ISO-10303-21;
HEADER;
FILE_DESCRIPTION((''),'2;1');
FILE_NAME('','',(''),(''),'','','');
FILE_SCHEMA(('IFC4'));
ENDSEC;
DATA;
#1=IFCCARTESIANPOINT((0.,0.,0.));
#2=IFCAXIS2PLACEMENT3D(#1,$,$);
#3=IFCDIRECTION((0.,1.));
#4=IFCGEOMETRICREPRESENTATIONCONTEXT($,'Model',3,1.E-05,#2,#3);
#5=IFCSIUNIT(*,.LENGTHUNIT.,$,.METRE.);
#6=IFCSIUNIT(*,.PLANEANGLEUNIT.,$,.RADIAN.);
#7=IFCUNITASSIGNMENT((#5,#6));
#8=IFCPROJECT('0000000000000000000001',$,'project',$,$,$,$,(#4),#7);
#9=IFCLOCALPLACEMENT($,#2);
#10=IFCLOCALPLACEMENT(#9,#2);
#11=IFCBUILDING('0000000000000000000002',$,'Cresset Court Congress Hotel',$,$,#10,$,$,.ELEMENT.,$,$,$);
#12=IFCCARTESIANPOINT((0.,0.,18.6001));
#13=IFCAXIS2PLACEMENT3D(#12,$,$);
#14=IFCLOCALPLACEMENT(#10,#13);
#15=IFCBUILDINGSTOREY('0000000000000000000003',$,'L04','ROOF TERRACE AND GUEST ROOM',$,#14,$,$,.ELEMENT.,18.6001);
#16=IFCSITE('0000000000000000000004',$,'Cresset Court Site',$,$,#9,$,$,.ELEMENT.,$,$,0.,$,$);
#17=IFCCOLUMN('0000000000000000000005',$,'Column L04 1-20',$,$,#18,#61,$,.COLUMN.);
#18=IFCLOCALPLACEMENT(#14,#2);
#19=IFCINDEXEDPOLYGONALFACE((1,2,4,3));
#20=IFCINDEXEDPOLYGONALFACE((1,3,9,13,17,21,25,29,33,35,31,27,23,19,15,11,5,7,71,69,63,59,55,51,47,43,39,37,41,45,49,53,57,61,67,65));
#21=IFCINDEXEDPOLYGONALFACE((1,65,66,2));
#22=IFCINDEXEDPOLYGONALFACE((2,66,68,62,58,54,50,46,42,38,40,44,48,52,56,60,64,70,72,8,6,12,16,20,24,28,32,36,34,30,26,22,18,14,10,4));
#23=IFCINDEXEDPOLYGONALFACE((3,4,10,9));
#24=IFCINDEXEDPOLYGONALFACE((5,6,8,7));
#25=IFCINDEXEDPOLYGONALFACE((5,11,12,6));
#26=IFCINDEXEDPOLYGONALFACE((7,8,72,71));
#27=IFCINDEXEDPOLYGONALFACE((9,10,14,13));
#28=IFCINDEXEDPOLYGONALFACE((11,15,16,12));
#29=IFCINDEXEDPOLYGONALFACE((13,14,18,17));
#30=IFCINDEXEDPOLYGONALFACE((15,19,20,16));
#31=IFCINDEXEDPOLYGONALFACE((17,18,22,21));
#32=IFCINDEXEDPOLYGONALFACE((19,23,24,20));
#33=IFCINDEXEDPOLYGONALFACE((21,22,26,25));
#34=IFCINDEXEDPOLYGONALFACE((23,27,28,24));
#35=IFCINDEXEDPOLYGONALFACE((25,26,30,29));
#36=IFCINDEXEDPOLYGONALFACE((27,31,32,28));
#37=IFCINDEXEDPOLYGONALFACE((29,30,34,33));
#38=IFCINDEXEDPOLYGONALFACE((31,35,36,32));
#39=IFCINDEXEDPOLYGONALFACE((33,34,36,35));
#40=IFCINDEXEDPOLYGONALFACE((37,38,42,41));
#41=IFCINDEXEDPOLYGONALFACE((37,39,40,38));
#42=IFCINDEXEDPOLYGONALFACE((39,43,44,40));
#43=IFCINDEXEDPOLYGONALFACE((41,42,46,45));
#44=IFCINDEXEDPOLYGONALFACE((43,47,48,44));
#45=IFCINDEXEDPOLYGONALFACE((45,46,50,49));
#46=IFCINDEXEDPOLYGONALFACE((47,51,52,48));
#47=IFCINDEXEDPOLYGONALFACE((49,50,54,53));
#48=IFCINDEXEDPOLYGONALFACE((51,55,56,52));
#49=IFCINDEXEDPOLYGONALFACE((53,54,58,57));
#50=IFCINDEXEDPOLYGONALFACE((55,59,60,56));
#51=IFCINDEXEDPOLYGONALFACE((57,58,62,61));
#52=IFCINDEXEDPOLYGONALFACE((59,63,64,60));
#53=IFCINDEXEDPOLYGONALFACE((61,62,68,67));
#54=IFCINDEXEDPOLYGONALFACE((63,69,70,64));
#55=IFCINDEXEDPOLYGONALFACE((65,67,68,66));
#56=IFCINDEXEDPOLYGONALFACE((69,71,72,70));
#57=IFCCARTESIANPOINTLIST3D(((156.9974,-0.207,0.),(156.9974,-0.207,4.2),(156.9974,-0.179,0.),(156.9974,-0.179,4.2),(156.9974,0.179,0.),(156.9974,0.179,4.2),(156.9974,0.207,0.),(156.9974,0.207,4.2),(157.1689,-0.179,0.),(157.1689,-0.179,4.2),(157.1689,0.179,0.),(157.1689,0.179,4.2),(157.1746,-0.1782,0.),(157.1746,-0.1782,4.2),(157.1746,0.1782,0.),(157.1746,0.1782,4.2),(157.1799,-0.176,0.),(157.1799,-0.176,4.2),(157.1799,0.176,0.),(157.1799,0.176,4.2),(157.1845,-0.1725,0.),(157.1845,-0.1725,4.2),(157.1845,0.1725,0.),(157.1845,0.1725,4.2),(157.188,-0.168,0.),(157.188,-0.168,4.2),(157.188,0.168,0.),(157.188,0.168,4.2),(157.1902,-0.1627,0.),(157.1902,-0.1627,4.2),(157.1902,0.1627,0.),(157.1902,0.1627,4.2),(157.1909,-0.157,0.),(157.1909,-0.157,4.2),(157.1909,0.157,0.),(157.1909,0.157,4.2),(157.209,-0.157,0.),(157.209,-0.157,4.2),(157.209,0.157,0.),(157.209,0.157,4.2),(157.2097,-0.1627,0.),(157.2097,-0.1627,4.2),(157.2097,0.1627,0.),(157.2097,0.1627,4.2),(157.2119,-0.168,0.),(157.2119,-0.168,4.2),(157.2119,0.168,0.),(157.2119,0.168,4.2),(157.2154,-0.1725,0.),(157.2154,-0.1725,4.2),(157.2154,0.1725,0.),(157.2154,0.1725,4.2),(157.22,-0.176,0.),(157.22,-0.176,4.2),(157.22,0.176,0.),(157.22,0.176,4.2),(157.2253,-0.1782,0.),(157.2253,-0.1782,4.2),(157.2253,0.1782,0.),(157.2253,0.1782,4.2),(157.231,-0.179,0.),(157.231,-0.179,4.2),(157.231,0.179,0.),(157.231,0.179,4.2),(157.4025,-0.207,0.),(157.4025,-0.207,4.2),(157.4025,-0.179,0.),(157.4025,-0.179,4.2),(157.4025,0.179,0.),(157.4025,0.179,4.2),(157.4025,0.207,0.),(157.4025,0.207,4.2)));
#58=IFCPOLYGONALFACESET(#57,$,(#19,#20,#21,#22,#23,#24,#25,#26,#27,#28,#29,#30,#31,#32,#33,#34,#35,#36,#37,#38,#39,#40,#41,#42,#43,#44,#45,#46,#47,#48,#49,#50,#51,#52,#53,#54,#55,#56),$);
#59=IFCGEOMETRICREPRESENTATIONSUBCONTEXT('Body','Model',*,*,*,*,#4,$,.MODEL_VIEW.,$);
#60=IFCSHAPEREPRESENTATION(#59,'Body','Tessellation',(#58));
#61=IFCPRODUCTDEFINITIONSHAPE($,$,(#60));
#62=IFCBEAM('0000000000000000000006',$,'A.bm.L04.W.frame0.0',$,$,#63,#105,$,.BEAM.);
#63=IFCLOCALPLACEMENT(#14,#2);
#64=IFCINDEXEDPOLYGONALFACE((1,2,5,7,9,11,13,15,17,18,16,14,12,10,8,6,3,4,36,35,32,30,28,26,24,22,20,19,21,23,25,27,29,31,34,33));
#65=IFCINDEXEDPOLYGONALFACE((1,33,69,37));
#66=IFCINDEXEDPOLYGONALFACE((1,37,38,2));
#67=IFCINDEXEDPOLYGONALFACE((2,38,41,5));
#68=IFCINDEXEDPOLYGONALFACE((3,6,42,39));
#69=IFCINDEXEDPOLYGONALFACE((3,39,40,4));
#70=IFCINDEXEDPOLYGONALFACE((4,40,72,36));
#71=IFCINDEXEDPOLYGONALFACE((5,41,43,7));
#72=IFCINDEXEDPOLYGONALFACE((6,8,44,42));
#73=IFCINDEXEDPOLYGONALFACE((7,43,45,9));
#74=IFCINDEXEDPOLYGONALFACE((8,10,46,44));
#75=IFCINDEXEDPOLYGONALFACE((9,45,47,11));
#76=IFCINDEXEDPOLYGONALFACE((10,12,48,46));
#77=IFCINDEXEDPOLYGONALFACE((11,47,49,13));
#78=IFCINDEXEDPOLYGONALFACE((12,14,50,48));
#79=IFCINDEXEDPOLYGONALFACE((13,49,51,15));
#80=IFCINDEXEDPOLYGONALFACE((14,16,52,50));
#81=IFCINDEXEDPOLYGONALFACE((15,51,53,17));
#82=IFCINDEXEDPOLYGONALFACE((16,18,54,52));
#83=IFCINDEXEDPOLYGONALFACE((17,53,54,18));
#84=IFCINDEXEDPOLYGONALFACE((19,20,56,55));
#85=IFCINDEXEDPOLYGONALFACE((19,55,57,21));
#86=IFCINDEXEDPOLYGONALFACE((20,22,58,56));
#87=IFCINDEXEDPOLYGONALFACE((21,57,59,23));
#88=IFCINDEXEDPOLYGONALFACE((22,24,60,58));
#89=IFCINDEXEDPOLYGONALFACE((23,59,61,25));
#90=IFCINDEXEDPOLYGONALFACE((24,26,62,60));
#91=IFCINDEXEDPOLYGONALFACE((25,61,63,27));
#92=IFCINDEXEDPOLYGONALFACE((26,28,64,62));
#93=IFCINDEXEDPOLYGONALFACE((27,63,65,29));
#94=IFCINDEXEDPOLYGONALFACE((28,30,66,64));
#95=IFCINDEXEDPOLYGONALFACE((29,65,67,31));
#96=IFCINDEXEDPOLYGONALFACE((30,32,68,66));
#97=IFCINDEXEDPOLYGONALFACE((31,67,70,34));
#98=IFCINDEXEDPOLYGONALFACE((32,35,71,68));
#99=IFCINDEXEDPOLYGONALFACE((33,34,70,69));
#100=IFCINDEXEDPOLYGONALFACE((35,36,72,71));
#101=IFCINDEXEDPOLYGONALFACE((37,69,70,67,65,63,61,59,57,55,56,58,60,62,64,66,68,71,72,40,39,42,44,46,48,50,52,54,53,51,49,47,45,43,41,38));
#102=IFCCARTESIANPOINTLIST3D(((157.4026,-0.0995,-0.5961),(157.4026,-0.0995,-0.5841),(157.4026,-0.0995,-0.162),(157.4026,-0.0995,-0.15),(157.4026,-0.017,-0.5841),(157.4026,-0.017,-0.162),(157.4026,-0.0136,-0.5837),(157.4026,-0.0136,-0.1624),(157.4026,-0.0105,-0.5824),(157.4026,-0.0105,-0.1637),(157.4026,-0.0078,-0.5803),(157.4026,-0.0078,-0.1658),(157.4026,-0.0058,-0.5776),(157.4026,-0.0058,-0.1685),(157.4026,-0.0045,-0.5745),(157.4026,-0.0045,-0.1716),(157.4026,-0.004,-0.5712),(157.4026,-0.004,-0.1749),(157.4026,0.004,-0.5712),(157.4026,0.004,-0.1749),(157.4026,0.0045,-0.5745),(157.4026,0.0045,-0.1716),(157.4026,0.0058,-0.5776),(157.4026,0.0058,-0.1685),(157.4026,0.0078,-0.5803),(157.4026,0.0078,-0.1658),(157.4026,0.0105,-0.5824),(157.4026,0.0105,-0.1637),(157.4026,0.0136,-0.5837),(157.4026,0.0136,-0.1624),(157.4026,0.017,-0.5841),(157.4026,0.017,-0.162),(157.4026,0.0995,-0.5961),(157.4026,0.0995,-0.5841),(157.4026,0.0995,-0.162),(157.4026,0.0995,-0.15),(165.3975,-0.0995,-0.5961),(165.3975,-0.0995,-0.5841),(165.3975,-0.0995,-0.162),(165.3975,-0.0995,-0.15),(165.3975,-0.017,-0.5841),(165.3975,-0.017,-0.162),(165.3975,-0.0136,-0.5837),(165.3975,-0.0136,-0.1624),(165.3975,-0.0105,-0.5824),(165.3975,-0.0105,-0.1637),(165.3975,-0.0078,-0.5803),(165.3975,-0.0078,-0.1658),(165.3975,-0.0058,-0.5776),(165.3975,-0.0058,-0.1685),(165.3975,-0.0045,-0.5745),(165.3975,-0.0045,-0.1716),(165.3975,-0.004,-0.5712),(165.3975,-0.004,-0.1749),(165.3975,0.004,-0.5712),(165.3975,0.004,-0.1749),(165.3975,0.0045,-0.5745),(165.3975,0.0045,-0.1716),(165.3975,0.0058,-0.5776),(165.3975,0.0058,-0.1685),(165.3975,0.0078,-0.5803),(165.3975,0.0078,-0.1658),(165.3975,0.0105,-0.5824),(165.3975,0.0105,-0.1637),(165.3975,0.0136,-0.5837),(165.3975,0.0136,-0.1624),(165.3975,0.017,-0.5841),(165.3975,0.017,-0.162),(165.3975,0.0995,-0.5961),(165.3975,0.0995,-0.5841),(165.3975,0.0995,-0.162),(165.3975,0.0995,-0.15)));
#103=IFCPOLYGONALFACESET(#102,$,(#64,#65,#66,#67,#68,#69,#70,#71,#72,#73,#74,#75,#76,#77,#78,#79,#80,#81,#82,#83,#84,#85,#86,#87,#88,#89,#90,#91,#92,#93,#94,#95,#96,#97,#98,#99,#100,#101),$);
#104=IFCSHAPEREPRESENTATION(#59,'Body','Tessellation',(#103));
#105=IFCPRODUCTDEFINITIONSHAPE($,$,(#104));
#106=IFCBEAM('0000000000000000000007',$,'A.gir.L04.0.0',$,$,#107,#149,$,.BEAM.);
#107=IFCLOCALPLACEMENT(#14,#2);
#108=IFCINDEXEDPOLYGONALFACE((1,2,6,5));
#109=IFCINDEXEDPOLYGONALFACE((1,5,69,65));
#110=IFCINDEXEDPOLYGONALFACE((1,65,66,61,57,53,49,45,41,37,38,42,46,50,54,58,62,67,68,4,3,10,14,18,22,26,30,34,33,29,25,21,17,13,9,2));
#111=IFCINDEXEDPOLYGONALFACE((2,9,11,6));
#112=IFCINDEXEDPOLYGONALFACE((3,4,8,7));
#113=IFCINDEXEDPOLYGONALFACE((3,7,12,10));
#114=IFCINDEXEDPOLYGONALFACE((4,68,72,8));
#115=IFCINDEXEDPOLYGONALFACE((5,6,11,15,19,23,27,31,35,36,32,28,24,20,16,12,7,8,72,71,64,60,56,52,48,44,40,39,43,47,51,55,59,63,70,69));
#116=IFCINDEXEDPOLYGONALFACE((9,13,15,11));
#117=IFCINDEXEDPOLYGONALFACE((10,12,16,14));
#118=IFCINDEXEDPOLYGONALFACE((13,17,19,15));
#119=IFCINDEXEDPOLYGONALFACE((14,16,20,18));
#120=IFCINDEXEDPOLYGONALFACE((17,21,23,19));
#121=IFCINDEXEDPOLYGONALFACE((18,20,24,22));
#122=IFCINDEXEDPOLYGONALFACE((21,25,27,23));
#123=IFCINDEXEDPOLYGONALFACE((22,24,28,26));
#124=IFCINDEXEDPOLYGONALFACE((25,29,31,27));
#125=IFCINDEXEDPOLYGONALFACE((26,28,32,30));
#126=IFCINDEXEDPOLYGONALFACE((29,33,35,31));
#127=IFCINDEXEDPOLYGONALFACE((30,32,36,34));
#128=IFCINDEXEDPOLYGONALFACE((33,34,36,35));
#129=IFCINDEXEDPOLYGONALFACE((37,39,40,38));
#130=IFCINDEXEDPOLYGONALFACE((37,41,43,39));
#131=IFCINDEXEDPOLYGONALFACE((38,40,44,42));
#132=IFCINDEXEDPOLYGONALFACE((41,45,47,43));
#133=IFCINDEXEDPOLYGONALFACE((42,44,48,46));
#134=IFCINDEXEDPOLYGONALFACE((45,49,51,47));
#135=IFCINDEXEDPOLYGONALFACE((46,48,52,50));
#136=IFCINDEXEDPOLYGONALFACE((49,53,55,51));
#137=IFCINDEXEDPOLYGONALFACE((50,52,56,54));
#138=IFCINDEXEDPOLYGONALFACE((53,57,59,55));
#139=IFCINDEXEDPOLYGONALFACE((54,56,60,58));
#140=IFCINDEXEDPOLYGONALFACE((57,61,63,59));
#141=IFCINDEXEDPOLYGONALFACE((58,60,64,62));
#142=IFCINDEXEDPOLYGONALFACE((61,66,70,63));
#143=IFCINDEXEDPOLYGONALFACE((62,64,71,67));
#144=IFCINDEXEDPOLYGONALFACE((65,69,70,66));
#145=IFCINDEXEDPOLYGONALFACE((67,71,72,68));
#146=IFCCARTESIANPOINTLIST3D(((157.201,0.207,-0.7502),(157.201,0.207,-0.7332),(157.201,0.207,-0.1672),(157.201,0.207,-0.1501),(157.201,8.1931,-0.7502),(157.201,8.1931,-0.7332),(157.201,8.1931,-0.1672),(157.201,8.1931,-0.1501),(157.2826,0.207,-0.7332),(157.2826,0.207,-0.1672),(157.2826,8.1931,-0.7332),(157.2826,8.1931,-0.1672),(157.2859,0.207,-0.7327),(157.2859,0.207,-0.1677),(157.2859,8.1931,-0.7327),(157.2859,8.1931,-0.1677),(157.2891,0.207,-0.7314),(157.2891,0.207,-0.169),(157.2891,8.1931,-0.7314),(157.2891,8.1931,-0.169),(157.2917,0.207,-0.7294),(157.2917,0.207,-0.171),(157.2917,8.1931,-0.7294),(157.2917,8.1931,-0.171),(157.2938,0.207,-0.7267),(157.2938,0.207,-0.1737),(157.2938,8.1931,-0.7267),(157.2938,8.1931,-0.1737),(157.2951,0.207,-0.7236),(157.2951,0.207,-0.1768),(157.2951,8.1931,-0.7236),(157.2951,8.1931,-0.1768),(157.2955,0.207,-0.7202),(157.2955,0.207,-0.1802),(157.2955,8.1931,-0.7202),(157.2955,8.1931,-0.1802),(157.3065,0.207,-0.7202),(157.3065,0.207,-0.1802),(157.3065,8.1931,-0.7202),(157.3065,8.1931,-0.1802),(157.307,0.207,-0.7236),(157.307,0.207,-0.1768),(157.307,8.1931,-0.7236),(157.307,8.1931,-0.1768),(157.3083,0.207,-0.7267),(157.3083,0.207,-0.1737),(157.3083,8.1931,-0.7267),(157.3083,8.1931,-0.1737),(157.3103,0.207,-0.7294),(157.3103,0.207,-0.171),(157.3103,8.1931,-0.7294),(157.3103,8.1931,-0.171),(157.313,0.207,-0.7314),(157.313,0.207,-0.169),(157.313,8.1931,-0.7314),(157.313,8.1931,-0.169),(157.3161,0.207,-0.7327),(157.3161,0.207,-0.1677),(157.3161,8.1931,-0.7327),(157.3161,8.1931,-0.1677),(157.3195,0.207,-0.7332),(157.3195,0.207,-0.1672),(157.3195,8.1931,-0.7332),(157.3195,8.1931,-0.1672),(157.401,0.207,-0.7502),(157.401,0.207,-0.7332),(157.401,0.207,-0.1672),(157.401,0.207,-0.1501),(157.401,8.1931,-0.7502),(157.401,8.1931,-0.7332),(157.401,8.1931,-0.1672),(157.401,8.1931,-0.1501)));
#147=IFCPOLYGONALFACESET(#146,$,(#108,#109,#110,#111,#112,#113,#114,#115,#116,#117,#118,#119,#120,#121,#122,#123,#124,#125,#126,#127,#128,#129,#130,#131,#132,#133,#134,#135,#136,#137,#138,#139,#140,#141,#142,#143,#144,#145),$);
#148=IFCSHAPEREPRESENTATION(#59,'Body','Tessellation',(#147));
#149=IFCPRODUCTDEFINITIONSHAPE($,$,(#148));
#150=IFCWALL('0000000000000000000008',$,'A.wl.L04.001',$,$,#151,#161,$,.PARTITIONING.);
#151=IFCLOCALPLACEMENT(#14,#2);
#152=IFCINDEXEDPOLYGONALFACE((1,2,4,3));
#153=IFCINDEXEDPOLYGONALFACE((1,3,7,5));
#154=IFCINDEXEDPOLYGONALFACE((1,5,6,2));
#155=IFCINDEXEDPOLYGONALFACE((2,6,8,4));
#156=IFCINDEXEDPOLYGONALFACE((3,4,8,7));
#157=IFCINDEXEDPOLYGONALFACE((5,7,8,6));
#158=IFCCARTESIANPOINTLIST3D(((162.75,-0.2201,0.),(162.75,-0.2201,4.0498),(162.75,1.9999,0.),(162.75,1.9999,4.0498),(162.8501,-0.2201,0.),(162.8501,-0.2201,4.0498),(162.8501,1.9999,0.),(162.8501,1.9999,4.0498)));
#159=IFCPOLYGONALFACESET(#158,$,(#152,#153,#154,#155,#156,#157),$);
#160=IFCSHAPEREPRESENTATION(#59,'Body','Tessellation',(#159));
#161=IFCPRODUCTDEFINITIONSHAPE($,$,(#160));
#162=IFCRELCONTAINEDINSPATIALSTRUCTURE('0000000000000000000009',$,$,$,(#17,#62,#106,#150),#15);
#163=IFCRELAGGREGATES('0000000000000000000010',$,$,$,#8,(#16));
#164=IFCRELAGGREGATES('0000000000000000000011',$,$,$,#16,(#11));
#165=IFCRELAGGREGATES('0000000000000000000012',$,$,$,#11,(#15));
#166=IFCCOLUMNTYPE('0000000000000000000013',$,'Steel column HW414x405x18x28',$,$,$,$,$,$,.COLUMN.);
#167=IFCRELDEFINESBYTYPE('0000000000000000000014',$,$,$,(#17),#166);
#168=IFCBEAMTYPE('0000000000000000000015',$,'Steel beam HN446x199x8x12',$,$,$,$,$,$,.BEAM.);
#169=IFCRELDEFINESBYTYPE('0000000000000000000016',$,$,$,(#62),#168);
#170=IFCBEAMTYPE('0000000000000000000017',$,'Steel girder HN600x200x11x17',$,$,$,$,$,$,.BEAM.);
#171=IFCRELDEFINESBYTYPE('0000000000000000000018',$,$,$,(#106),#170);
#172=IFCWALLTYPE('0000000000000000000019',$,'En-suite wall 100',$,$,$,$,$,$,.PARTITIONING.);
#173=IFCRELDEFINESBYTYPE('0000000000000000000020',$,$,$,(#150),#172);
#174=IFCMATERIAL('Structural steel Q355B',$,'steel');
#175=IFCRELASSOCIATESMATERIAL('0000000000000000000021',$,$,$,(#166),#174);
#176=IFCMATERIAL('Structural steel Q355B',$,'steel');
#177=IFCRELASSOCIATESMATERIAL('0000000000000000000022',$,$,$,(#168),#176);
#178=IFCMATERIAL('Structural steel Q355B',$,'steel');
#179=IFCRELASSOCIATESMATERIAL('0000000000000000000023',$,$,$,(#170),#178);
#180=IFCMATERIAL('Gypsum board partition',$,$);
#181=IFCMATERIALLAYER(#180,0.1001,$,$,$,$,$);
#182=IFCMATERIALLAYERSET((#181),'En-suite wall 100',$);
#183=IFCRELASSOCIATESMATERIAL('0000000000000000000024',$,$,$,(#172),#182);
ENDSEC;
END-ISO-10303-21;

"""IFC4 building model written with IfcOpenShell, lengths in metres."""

from ifc_helpers import new_model, si_unit, direction, frame, frame_2d, origin, origin_2d, place, context, subcontext, project, spatial, rectangle, i_section, extrude, material, layer, layer_set, material_profile, profile_set, type_object, element, save


model = new_model("IFC4")

# Units and contexts
model_context = context("Model", 3, precision=1e-05, world=origin(), true_north=direction((0.0, 1.0)))
body_context = subcontext(model_context, "Body", "Model", "MODEL_VIEW")
ifc_project = project(units=[si_unit("LENGTHUNIT", "METRE"), si_unit("PLANEANGLEUNIT", "RADIAN")], contexts=[model_context])

# Site, building, storey
site_placement = place(None, origin())
site = spatial("IfcSite", under=ifc_project, at=site_placement, Name="Cresset Court Site", CompositionType="ELEMENT", RefElevation=0.0)
building_placement = place(site_placement, origin())
building = spatial("IfcBuilding", under=site, at=building_placement, Name="Cresset Court Congress Hotel", CompositionType="ELEMENT")
storey_placement = place(building_placement, frame((0.0, 0.0, 18.6001)))
storey = spatial("IfcBuildingStorey", under=building, at=storey_placement, Name="L04", Description="ROOF TERRACE AND GUEST ROOM", CompositionType="ELEMENT", Elevation=18.6001)

# Column
ifc_material_1 = material(Name="Structural steel Q355B", Category="steel")
ifc_material_profile_1 = material_profile(ifc_material_1, i_section(OverallWidth=0.405, OverallDepth=0.4141, WebThickness=0.0181, FlangeThickness=0.0281, FilletRadius=0.022, at=origin_2d()), Name="HW414x405x18x28")
ifc_profile_set_1 = profile_set([ifc_material_profile_1], Name="Structural steel Q355B")
column_type = type_object("IfcColumnType", Name="Steel column HW414x405x18x28", PredefinedType="COLUMN", material=ifc_profile_set_1)
column_placement = place(storey_placement, frame((157.2, 0.0, 0.0), z_axis=(0.0, 0.0, 1.0), x_axis=(1.0, 0.0, 0.0)))
element("IfcColumn", 1, at=column_placement, inside=storey, type_object=column_type, Name="Column L04 1-20", PredefinedType="COLUMN", context=body_context, shape_type="SweptSolid", body=[
    extrude(i_section(OverallWidth=0.405, OverallDepth=0.4141, WebThickness=0.0181, FlangeThickness=0.0281, FilletRadius=0.022, at=origin_2d()), origin(), (0.0, 0.0, 1.0), 4.2),
])

# Beams
ifc_material_2 = material(Name="Structural steel Q355B", Category="steel")
ifc_material_profile_2 = material_profile(ifc_material_2, i_section(OverallWidth=0.199, OverallDepth=0.446, WebThickness=0.0081, FlangeThickness=0.012, FilletRadius=0.0129, at=origin_2d()), Name="HN446x199x8x12")
ifc_profile_set_2 = profile_set([ifc_material_profile_2], Name="Structural steel Q355B")
beam_type_1 = type_object("IfcBeamType", Name="Steel beam HN446x199x8x12", PredefinedType="BEAM", material=ifc_profile_set_2)
beam_1_placement = place(storey_placement, frame((157.4026, 0.0, -0.373), z_axis=(1.0, 0.0, 0.0), x_axis=(0.0, 1.0, 0.0)))
element("IfcBeam", 2, at=beam_1_placement, inside=storey, type_object=beam_type_1, Name="A.bm.L04.W.frame0.0", PredefinedType="BEAM", context=body_context, shape_type="SweptSolid", body=[
    extrude(i_section(OverallWidth=0.199, OverallDepth=0.446, WebThickness=0.0081, FlangeThickness=0.012, FilletRadius=0.0129, at=origin_2d()), origin(), (0.0, 0.0, 1.0), 7.9949),
])
ifc_material_3 = material(Name="Structural steel Q355B", Category="steel")
ifc_material_profile_3 = material_profile(ifc_material_3, i_section(OverallWidth=0.2, OverallDepth=0.6001, WebThickness=0.011, FlangeThickness=0.0171, FilletRadius=0.0129, at=origin_2d()), Name="HN600x200x11x17")
ifc_profile_set_3 = profile_set([ifc_material_profile_3], Name="Structural steel Q355B")
beam_type_2 = type_object("IfcBeamType", Name="Steel girder HN600x200x11x17", PredefinedType="BEAM", material=ifc_profile_set_3)
beam_2_placement = place(storey_placement, frame((157.301, 0.207, -0.4502), z_axis=(0.0, 1.0, 0.0), x_axis=(-1.0, 0.0, 0.0)))
element("IfcBeam", 3, at=beam_2_placement, inside=storey, type_object=beam_type_2, Name="A.gir.L04.0.0", PredefinedType="BEAM", context=body_context, shape_type="SweptSolid", body=[
    extrude(i_section(OverallWidth=0.2, OverallDepth=0.6001, WebThickness=0.011, FlangeThickness=0.0171, FilletRadius=0.0129, at=origin_2d()), origin(), (0.0, 0.0, 1.0), 7.9861),
])

# Wall
ifc_material_4 = material(Name="Gypsum board partition")
ifc_layer_1 = layer(ifc_material_4, 0.1001)
ifc_layer_set_1 = layer_set([ifc_layer_1], Name="En-suite wall 100")
wall_type_1 = type_object("IfcWallType", Name="En-suite wall 100", PredefinedType="PARTITIONING", material=ifc_layer_set_1)
wall_1_placement = place(storey_placement, frame((162.8, -0.22, 0.0), z_axis=(0.0, 0.0, 1.0), x_axis=(0.0, 1.0, 0.0)))
element("IfcWall", 4, at=wall_1_placement, inside=storey, type_object=wall_type_1, Name="A.wl.L04.001", PredefinedType="PARTITIONING", context=body_context, shape_type="SweptSolid", body=[
    extrude(rectangle(XDim=2.22, YDim=0.1001, at=frame_2d((1.1099, 0.0))), origin(), (0.0, 0.0, 1.0), 4.0498),
])

save(model, "model.ifc")
